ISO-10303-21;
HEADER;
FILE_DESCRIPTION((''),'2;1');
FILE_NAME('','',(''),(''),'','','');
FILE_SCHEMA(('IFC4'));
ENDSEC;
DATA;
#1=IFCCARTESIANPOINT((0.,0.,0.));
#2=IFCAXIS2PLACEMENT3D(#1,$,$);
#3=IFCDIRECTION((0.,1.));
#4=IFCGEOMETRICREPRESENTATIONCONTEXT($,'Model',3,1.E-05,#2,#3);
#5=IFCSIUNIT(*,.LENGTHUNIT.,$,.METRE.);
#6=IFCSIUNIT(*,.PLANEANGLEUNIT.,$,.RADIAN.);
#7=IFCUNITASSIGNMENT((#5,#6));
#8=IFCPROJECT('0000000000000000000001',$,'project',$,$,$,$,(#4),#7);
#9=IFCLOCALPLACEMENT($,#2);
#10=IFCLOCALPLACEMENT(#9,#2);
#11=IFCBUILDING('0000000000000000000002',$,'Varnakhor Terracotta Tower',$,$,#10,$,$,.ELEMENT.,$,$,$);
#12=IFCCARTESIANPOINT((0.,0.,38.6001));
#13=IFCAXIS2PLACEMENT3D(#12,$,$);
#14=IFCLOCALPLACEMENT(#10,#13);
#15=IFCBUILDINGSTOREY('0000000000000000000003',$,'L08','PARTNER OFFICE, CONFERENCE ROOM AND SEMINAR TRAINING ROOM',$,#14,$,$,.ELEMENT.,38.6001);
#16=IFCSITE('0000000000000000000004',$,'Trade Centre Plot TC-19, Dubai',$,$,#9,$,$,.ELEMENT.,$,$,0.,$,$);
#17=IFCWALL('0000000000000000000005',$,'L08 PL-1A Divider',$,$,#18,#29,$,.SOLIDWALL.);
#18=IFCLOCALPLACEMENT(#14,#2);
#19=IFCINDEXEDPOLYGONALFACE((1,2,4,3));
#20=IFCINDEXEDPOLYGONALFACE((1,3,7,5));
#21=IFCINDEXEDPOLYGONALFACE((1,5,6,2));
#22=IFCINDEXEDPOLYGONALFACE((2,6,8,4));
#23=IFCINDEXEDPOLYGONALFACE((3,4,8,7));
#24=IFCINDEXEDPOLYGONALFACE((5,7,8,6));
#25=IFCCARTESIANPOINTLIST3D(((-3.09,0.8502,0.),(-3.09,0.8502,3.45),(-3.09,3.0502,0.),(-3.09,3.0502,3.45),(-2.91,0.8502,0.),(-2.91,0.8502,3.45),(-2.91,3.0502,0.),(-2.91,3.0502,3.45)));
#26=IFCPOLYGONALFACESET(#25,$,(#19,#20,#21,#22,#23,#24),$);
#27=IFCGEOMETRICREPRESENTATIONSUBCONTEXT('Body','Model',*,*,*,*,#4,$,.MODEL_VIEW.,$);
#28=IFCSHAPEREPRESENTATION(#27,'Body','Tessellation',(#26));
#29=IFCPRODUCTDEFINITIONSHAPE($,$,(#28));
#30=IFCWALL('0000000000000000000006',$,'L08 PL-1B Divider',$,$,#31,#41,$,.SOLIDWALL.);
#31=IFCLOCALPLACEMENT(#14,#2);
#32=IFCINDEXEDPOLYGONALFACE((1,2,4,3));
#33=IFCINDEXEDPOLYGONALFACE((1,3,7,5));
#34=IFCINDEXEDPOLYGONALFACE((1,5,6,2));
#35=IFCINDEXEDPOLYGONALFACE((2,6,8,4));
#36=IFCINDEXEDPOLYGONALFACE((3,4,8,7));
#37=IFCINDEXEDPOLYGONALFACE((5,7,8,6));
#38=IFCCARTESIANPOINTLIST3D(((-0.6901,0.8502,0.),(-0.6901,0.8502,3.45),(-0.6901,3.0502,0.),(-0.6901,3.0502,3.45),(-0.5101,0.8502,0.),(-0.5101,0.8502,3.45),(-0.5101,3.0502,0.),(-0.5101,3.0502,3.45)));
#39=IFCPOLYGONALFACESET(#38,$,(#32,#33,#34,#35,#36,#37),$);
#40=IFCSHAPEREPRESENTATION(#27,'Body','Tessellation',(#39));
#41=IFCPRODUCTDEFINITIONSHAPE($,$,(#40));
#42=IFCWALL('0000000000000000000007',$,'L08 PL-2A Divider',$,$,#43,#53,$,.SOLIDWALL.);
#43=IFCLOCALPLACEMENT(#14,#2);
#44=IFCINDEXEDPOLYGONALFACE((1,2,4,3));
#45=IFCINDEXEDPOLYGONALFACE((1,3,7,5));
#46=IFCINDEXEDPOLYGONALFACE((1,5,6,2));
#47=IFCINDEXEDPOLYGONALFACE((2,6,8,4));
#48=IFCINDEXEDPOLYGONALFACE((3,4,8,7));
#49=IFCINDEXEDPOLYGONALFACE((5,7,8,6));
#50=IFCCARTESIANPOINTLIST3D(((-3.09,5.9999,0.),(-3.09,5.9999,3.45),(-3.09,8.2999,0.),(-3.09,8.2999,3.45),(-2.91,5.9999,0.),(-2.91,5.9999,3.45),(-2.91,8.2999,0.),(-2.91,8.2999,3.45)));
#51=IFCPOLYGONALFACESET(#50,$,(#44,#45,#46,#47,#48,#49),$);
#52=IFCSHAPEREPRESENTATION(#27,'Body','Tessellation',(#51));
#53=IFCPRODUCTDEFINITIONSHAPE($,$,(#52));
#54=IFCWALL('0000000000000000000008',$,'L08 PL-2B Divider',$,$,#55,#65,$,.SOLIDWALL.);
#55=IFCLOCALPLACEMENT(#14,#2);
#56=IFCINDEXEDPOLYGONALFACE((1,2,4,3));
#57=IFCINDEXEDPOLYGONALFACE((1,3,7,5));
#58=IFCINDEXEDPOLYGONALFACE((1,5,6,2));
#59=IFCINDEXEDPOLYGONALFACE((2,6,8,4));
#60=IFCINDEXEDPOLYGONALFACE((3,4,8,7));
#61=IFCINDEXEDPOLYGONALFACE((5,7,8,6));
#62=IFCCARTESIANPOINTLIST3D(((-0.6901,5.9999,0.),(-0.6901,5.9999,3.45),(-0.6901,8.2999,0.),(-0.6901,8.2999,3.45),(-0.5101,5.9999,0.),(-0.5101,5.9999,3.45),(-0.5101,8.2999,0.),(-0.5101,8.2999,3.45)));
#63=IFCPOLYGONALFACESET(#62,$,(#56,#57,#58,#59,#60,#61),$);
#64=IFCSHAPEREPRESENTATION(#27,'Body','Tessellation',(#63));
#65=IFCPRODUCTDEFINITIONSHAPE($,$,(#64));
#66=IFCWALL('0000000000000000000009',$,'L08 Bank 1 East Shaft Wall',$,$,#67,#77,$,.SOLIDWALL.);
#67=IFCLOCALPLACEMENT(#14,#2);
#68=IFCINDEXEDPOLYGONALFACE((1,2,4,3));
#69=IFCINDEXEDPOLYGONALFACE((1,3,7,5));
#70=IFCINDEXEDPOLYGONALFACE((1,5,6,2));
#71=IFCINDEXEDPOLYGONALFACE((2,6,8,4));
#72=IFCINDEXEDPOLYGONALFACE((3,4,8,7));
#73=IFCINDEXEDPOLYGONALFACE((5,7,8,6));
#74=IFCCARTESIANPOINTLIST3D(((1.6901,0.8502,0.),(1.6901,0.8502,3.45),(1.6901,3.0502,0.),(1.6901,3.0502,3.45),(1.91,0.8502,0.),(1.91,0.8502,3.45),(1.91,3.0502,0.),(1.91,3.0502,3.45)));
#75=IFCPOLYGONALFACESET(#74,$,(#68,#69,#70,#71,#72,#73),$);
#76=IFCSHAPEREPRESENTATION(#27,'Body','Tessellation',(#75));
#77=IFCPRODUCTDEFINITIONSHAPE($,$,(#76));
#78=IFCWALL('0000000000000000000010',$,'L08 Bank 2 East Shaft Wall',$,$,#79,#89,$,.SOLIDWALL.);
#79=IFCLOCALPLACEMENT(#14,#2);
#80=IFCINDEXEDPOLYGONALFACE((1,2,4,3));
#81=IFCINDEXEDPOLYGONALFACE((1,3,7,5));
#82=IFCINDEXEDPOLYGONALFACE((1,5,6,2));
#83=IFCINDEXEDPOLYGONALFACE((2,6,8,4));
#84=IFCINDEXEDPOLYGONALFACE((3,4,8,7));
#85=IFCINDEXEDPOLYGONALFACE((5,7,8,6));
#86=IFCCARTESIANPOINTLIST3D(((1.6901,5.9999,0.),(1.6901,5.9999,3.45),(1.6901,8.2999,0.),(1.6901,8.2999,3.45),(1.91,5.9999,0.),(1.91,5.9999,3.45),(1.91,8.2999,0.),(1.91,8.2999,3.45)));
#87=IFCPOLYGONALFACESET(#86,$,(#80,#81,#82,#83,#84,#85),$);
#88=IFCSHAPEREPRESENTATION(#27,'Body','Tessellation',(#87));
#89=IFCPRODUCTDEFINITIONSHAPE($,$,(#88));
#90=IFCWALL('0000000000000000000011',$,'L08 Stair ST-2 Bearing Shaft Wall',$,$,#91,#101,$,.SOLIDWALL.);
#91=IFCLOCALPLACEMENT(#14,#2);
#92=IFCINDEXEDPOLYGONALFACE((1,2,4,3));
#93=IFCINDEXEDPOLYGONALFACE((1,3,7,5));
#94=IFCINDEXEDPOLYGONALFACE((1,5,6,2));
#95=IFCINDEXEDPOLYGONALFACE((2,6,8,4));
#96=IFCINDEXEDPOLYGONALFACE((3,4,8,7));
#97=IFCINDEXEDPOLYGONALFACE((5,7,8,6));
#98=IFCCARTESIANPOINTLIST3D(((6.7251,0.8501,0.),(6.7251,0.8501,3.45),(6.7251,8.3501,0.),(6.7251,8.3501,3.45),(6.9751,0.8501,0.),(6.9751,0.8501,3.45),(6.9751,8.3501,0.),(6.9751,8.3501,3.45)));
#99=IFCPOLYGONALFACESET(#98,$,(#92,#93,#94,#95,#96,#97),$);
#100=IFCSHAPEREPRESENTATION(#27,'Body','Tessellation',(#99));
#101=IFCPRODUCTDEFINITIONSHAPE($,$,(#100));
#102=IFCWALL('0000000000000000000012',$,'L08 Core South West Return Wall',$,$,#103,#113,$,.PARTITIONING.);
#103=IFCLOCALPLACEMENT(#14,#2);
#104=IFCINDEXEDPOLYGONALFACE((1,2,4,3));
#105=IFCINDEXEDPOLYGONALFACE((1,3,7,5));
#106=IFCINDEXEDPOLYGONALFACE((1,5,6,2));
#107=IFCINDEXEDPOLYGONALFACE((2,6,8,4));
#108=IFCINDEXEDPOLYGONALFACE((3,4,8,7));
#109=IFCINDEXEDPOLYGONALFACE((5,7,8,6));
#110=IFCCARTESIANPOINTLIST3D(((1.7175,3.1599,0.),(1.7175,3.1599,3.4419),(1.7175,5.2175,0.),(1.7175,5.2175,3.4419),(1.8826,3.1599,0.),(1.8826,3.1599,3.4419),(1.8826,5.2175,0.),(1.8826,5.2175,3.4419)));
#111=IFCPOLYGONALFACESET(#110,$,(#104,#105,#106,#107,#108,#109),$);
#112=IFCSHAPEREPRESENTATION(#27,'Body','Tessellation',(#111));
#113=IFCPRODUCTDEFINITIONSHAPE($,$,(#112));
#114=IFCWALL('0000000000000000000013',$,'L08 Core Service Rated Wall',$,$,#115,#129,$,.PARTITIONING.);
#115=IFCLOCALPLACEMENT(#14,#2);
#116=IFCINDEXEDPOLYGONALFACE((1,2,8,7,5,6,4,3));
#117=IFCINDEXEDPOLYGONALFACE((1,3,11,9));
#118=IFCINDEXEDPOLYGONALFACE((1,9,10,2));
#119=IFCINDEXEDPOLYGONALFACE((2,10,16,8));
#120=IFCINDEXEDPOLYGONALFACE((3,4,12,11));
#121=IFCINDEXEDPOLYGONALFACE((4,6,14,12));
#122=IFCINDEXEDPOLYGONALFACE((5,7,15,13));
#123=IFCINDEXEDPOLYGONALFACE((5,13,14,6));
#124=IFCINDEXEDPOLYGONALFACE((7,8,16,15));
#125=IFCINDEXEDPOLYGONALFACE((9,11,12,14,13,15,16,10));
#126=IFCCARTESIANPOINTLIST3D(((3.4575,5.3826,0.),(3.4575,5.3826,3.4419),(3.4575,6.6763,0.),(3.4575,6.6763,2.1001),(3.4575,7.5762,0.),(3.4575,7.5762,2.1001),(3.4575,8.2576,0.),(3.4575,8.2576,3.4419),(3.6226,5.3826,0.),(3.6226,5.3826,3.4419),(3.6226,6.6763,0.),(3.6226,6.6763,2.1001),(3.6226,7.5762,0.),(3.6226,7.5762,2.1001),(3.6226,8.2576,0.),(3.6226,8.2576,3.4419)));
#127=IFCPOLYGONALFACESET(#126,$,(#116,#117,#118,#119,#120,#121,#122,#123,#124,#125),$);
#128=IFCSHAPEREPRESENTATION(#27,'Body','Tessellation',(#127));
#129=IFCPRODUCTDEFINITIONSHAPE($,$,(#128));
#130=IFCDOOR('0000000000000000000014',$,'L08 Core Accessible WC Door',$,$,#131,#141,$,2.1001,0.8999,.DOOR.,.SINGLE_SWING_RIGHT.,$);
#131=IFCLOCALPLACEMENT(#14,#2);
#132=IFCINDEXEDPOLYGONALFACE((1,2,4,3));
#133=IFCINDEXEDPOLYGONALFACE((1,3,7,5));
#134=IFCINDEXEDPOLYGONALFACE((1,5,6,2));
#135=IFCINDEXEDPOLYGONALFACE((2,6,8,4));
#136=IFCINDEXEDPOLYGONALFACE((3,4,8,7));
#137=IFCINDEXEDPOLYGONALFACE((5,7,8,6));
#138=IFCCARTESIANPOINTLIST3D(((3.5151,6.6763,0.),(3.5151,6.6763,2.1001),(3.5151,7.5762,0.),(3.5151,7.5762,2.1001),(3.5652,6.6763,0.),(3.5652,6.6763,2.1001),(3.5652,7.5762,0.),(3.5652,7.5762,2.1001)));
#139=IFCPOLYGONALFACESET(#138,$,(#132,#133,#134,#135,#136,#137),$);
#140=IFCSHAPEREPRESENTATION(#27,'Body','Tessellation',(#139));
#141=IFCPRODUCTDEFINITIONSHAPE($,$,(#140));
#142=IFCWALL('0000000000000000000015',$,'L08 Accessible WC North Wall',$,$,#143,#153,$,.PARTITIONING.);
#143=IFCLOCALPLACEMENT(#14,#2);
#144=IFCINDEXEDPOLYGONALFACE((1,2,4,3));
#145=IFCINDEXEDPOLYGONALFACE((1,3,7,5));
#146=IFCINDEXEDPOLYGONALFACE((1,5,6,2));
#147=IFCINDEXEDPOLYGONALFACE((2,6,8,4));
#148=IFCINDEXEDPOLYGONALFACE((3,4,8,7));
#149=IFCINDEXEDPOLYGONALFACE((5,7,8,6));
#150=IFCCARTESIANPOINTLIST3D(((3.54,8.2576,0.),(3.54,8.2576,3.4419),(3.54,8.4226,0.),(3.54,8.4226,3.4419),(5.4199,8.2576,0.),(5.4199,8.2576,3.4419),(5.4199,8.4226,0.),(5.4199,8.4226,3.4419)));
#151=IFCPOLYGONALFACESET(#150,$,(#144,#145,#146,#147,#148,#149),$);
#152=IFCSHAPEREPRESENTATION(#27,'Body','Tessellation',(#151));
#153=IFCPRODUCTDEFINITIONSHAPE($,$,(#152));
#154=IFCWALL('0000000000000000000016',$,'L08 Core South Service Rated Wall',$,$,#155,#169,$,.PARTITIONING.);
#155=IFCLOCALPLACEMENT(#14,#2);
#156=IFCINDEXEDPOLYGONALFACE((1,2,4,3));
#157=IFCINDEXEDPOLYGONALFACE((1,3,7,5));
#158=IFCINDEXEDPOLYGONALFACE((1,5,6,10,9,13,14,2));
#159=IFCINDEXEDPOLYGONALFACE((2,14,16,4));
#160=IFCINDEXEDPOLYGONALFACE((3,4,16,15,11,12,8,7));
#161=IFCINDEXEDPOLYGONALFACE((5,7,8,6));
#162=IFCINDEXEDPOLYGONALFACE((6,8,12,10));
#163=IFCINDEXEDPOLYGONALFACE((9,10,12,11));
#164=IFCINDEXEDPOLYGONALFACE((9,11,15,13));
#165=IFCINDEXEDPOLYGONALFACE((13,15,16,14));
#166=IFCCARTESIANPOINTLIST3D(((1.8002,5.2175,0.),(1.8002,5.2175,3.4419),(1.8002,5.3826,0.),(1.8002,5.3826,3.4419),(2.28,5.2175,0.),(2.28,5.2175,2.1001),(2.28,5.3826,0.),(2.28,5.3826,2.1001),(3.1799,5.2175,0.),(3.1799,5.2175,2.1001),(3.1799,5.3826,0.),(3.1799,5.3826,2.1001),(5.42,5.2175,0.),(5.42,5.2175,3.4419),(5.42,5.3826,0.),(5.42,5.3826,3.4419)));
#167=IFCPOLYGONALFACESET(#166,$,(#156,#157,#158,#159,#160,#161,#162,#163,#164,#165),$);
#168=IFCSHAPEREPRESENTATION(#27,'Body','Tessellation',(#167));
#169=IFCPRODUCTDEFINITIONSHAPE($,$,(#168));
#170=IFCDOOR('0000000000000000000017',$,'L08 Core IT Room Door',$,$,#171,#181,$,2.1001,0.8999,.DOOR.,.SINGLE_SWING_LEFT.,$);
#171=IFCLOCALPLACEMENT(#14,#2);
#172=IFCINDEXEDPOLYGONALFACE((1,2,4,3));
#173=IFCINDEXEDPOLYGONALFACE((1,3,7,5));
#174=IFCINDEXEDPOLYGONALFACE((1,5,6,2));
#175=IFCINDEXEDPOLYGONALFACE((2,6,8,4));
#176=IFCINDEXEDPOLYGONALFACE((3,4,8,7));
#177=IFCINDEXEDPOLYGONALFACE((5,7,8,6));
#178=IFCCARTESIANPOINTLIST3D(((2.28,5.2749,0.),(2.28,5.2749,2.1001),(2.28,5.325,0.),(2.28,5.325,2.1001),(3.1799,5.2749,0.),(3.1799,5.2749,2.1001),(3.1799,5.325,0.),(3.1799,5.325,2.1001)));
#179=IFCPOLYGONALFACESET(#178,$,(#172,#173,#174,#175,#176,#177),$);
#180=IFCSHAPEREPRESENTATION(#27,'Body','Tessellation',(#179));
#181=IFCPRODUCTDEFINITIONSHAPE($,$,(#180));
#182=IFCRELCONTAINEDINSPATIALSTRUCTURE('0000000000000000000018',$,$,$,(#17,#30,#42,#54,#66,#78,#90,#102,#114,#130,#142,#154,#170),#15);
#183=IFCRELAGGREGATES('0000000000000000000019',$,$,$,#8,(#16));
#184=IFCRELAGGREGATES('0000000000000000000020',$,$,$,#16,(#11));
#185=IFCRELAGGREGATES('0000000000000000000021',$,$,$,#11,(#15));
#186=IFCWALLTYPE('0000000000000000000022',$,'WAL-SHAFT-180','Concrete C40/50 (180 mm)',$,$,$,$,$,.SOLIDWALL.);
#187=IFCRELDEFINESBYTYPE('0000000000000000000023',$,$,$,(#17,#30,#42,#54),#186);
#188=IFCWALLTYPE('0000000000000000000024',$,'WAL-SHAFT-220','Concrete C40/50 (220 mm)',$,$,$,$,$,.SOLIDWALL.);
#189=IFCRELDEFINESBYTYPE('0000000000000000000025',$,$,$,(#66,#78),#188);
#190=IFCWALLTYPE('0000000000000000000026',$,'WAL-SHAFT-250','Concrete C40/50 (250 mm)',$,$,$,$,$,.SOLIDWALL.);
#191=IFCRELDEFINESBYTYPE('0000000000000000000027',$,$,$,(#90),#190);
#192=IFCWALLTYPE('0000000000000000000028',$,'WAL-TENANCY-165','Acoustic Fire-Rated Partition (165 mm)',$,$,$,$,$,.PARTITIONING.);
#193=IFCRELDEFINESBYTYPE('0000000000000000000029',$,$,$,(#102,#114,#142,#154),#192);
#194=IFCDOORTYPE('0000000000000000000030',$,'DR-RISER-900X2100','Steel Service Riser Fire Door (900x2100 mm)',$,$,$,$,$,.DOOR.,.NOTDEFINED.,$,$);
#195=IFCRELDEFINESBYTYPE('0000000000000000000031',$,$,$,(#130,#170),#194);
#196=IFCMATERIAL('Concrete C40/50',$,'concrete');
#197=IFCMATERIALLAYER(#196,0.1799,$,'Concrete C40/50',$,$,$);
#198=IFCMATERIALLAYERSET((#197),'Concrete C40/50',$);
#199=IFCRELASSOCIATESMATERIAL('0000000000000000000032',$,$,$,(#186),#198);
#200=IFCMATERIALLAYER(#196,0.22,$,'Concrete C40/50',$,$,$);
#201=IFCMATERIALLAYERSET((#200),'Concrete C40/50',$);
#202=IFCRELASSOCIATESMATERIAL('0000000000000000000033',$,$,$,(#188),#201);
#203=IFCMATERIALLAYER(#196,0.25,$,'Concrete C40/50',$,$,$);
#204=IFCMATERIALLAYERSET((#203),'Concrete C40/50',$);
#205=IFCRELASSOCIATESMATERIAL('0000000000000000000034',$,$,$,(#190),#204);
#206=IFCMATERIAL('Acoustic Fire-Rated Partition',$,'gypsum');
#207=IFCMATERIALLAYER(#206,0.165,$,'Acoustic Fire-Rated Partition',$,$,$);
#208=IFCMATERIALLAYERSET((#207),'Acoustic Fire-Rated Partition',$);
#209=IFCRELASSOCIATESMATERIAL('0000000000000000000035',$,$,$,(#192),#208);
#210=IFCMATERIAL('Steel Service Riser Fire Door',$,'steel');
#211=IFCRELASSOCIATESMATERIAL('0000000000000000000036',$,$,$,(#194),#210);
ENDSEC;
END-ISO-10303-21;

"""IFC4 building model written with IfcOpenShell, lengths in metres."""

from ifc_helpers import new_model, si_unit, direction, frame, frame_2d, origin, place, context, subcontext, project, spatial, rectangle, extrude, source, transform, mapped, material, layer, layer_set, type_object, type_shapes, element, fill, save


model = new_model("IFC4")

# Units and contexts
model_context = context("Model", 3, precision=1e-05, world=origin(), true_north=direction((0.0, 1.0)))
body_context = subcontext(model_context, "Body", "Model", "MODEL_VIEW")
ifc_project = project(units=[si_unit("LENGTHUNIT", "METRE"), si_unit("PLANEANGLEUNIT", "RADIAN")], contexts=[model_context])

# Site, building, storey
site_placement = place(None, origin())
site = spatial("IfcSite", under=ifc_project, at=site_placement, Name="Trade Centre Plot TC-19, Dubai", CompositionType="ELEMENT", RefElevation=0.0)
building_placement = place(site_placement, origin())
building = spatial("IfcBuilding", under=site, at=building_placement, Name="Varnakhor Terracotta Tower", CompositionType="ELEMENT")
storey_placement = place(building_placement, frame((0.0, 0.0, 38.6001)))
storey = spatial("IfcBuildingStorey", under=building, at=storey_placement, Name="L08", Description="PARTNER OFFICE, CONFERENCE ROOM AND SEMINAR TRAINING ROOM", CompositionType="ELEMENT", Elevation=38.6001)

# Shared definitions
ifc_material_1 = material(Name="Concrete C40/50", Category="concrete")

# Walls
ifc_layer_1 = layer(ifc_material_1, 0.1799, Name="Concrete C40/50")
ifc_layer_set_1 = layer_set([ifc_layer_1], Name="Concrete C40/50")
wall_type_1 = type_object("IfcWallType", Name="WAL-SHAFT-180", Description="Concrete C40/50 (180 mm)", PredefinedType="SOLIDWALL", material=ifc_layer_set_1)
for number, where, z_axis, x_axis, name in (
    (1, (-3.0, 0.8501, 0.0), (0.0, 0.0, 1.0), (0.0, 1.0, 0.0), "L08 PL-1A Divider"),
    (2, (-0.6001, 0.8501, 0.0), (0.0, 0.0, 1.0), (0.0, 1.0, 0.0), "L08 PL-1B Divider"),
):
    element("IfcWall", number, at=place(storey_placement, frame(where, z_axis=z_axis, x_axis=x_axis)), inside=storey, type_object=wall_type_1, Name=name, PredefinedType="SOLIDWALL", context=body_context, shape_type="SweptSolid", body=[
        extrude(rectangle(XDim=2.2, YDim=0.1799, at=frame_2d((1.1001, 0.0))), origin(), (0.0, 0.0, 1.0), 3.45),
    ])
for number, where, z_axis, x_axis, name in (
    (3, (-3.0, 6.0, 0.0), (0.0, 0.0, 1.0), (0.0, 1.0, 0.0), "L08 PL-2A Divider"),
    (4, (-0.6001, 6.0, 0.0), (0.0, 0.0, 1.0), (0.0, 1.0, 0.0), "L08 PL-2B Divider"),
):
    element("IfcWall", number, at=place(storey_placement, frame(where, z_axis=z_axis, x_axis=x_axis)), inside=storey, type_object=wall_type_1, Name=name, PredefinedType="SOLIDWALL", context=body_context, shape_type="SweptSolid", body=[
        extrude(rectangle(XDim=2.3, YDim=0.1799, at=frame_2d((1.1499, 0.0))), origin(), (0.0, 0.0, 1.0), 3.45),
    ])
ifc_layer_2 = layer(ifc_material_1, 0.22, Name="Concrete C40/50")
ifc_layer_set_2 = layer_set([ifc_layer_2], Name="Concrete C40/50")
wall_type_2 = type_object("IfcWallType", Name="WAL-SHAFT-220", Description="Concrete C40/50 (220 mm)", PredefinedType="SOLIDWALL", material=ifc_layer_set_2)
wall_1_placement = place(storey_placement, frame((1.8, 0.8501, 0.0), z_axis=(0.0, 0.0, 1.0), x_axis=(0.0, 1.0, 0.0)))
element("IfcWall", 5, at=wall_1_placement, inside=storey, type_object=wall_type_2, Name="L08 Bank 1 East Shaft Wall", PredefinedType="SOLIDWALL", context=body_context, shape_type="SweptSolid", body=[
    extrude(rectangle(XDim=2.2, YDim=0.22, at=frame_2d((1.1001, 0.0))), origin(), (0.0, 0.0, 1.0), 3.45),
])
wall_2_placement = place(storey_placement, frame((1.8, 6.0, 0.0), z_axis=(0.0, 0.0, 1.0), x_axis=(0.0, 1.0, 0.0)))
element("IfcWall", 6, at=wall_2_placement, inside=storey, type_object=wall_type_2, Name="L08 Bank 2 East Shaft Wall", PredefinedType="SOLIDWALL", context=body_context, shape_type="SweptSolid", body=[
    extrude(rectangle(XDim=2.3, YDim=0.22, at=frame_2d((1.1499, 0.0))), origin(), (0.0, 0.0, 1.0), 3.45),
])
ifc_layer_3 = layer(ifc_material_1, 0.25, Name="Concrete C40/50")
ifc_layer_set_3 = layer_set([ifc_layer_3], Name="Concrete C40/50")
wall_type_3 = type_object("IfcWallType", Name="WAL-SHAFT-250", Description="Concrete C40/50 (250 mm)", PredefinedType="SOLIDWALL", material=ifc_layer_set_3)
wall_3_placement = place(storey_placement, frame((6.8501, 0.8501, 0.0), z_axis=(0.0, 0.0, 1.0), x_axis=(0.0, 1.0, 0.0)))
element("IfcWall", 7, at=wall_3_placement, inside=storey, type_object=wall_type_3, Name="L08 Stair ST-2 Bearing Shaft Wall", PredefinedType="SOLIDWALL", context=body_context, shape_type="SweptSolid", body=[
    extrude(rectangle(XDim=7.5, YDim=0.25, at=frame_2d((3.75, 0.0))), origin(), (0.0, 0.0, 1.0), 3.45),
])
ifc_material_2 = material(Name="Acoustic Fire-Rated Partition", Category="gypsum")
ifc_layer_4 = layer(ifc_material_2, 0.165, Name="Acoustic Fire-Rated Partition")
ifc_layer_set_4 = layer_set([ifc_layer_4], Name="Acoustic Fire-Rated Partition")
wall_type_4 = type_object("IfcWallType", Name="WAL-TENANCY-165", Description="Acoustic Fire-Rated Partition (165 mm)", PredefinedType="PARTITIONING", material=ifc_layer_set_4)
wall_4_placement = place(storey_placement, frame((1.8, 3.1599, 0.0), z_axis=(0.0, 0.0, 1.0), x_axis=(0.0, 1.0, 0.0)))
element("IfcWall", 8, at=wall_4_placement, inside=storey, type_object=wall_type_4, Name="L08 Core South West Return Wall", PredefinedType="PARTITIONING", context=body_context, shape_type="SweptSolid", body=[
    extrude(rectangle(XDim=2.0576, YDim=0.165, at=frame_2d((1.0288, 0.0))), origin(), (0.0, 0.0, 1.0), 3.4419),
])

# Wall, opening, door
wall_5_placement = place(storey_placement, frame((3.54, 5.3826, 0.0), z_axis=(0.0, 0.0, 1.0), x_axis=(0.0, 1.0, 0.0)))
wall_5 = element("IfcWall", 9, at=wall_5_placement, inside=storey, type_object=wall_type_4, Name="L08 Core Service Rated Wall", PredefinedType="PARTITIONING", context=body_context, shape_type="SweptSolid", body=[
    extrude(rectangle(XDim=2.875, YDim=0.165, at=frame_2d((1.4375, 0.0))), origin(), (0.0, 0.0, 1.0), 3.4419),
])
opening_1_placement = place(wall_5_placement, frame((1.2937, 0.0, 0.0)))
opening_1 = element("IfcOpeningElement", 10, at=opening_1_placement, cuts=wall_5, PredefinedType="OPENING", context=body_context, shape_type="SweptSolid", body=[
    extrude(rectangle(XDim=0.8999, YDim=2.1001, at=frame_2d((0.45, 1.05))), frame((0.0, 0.0925, 0.0), z_axis=(0.0, -1.0, 0.0), x_axis=(1.0, 0.0, 0.0)), (0.0, 0.0, 1.0), 0.1851),
])
ifc_material_3 = material(Name="Steel Service Riser Fire Door", Category="steel")
door_type_1 = type_object("IfcDoorType", Name="DR-RISER-900X2100", Description="Steel Service Riser Fire Door (900x2100 mm)", OperationType="NOTDEFINED", PredefinedType="DOOR", material=ifc_material_3)
shared_shape_1 = source(origin(), body_context, "Body", "SweptSolid", [
    extrude(rectangle(XDim=0.8999, YDim=2.1001, at=frame_2d((0.45, 1.05))), frame((0.0, 0.0249, 0.0), z_axis=(0.0, -1.0, 0.0), x_axis=(1.0, 0.0, 0.0)), (0.0, 0.0, 1.0), 0.05),
])
type_shapes(door_type_1, [shared_shape_1])
door_1_placement = place(opening_1_placement, origin())
door_1 = element("IfcDoor", 11, at=door_1_placement, inside=storey, type_object=door_type_1, Name="L08 Core Accessible WC Door", OperationType="SINGLE_SWING_RIGHT", OverallHeight=2.1001, OverallWidth=0.8999, PredefinedType="DOOR", context=body_context, shape_type="MappedRepresentation", body=[
    mapped(shared_shape_1, transform((0.0, 0.0, 0.0), scale=1.0)),
])
fill(opening_1, door_1)

# Wall
wall_6_placement = place(storey_placement, frame((3.54, 8.3401, 0.0), z_axis=(0.0, 0.0, 1.0), x_axis=(1.0, 0.0, 0.0)))
element("IfcWall", 12, at=wall_6_placement, inside=storey, type_object=wall_type_4, Name="L08 Accessible WC North Wall", PredefinedType="PARTITIONING", context=body_context, shape_type="SweptSolid", body=[
    extrude(rectangle(XDim=1.8799, YDim=0.165, at=frame_2d((0.9399, 0.0))), origin(), (0.0, 0.0, 1.0), 3.4419),
])

# Wall, opening, door
wall_7_placement = place(storey_placement, frame((1.8, 5.3, 0.0), z_axis=(0.0, 0.0, 1.0), x_axis=(1.0, 0.0, 0.0)))
wall_7 = element("IfcWall", 13, at=wall_7_placement, inside=storey, type_object=wall_type_4, Name="L08 Core South Service Rated Wall", PredefinedType="PARTITIONING", context=body_context, shape_type="SweptSolid", body=[
    extrude(rectangle(XDim=3.6199, YDim=0.165, at=frame_2d((1.8101, 0.0))), origin(), (0.0, 0.0, 1.0), 3.4419),
])
opening_2_placement = place(wall_7_placement, frame((0.48, 0.0, 0.0)))
opening_2 = element("IfcOpeningElement", 14, at=opening_2_placement, cuts=wall_7, PredefinedType="OPENING", context=body_context, shape_type="SweptSolid", body=[
    extrude(rectangle(XDim=0.8999, YDim=2.1001, at=frame_2d((0.45, 1.05))), frame((0.0, 0.0925, 0.0), z_axis=(0.0, -1.0, 0.0), x_axis=(1.0, 0.0, 0.0)), (0.0, 0.0, 1.0), 0.1851),
])
door_2_placement = place(opening_2_placement, origin())
door_2 = element("IfcDoor", 15, at=door_2_placement, inside=storey, type_object=door_type_1, Name="L08 Core IT Room Door", OperationType="SINGLE_SWING_LEFT", OverallHeight=2.1001, OverallWidth=0.8999, PredefinedType="DOOR", context=body_context, shape_type="MappedRepresentation", body=[
    mapped(shared_shape_1, transform((0.0, 0.0, 0.0), scale=1.0)),
])
fill(opening_2, door_2)

save(model, "model.ifc")
